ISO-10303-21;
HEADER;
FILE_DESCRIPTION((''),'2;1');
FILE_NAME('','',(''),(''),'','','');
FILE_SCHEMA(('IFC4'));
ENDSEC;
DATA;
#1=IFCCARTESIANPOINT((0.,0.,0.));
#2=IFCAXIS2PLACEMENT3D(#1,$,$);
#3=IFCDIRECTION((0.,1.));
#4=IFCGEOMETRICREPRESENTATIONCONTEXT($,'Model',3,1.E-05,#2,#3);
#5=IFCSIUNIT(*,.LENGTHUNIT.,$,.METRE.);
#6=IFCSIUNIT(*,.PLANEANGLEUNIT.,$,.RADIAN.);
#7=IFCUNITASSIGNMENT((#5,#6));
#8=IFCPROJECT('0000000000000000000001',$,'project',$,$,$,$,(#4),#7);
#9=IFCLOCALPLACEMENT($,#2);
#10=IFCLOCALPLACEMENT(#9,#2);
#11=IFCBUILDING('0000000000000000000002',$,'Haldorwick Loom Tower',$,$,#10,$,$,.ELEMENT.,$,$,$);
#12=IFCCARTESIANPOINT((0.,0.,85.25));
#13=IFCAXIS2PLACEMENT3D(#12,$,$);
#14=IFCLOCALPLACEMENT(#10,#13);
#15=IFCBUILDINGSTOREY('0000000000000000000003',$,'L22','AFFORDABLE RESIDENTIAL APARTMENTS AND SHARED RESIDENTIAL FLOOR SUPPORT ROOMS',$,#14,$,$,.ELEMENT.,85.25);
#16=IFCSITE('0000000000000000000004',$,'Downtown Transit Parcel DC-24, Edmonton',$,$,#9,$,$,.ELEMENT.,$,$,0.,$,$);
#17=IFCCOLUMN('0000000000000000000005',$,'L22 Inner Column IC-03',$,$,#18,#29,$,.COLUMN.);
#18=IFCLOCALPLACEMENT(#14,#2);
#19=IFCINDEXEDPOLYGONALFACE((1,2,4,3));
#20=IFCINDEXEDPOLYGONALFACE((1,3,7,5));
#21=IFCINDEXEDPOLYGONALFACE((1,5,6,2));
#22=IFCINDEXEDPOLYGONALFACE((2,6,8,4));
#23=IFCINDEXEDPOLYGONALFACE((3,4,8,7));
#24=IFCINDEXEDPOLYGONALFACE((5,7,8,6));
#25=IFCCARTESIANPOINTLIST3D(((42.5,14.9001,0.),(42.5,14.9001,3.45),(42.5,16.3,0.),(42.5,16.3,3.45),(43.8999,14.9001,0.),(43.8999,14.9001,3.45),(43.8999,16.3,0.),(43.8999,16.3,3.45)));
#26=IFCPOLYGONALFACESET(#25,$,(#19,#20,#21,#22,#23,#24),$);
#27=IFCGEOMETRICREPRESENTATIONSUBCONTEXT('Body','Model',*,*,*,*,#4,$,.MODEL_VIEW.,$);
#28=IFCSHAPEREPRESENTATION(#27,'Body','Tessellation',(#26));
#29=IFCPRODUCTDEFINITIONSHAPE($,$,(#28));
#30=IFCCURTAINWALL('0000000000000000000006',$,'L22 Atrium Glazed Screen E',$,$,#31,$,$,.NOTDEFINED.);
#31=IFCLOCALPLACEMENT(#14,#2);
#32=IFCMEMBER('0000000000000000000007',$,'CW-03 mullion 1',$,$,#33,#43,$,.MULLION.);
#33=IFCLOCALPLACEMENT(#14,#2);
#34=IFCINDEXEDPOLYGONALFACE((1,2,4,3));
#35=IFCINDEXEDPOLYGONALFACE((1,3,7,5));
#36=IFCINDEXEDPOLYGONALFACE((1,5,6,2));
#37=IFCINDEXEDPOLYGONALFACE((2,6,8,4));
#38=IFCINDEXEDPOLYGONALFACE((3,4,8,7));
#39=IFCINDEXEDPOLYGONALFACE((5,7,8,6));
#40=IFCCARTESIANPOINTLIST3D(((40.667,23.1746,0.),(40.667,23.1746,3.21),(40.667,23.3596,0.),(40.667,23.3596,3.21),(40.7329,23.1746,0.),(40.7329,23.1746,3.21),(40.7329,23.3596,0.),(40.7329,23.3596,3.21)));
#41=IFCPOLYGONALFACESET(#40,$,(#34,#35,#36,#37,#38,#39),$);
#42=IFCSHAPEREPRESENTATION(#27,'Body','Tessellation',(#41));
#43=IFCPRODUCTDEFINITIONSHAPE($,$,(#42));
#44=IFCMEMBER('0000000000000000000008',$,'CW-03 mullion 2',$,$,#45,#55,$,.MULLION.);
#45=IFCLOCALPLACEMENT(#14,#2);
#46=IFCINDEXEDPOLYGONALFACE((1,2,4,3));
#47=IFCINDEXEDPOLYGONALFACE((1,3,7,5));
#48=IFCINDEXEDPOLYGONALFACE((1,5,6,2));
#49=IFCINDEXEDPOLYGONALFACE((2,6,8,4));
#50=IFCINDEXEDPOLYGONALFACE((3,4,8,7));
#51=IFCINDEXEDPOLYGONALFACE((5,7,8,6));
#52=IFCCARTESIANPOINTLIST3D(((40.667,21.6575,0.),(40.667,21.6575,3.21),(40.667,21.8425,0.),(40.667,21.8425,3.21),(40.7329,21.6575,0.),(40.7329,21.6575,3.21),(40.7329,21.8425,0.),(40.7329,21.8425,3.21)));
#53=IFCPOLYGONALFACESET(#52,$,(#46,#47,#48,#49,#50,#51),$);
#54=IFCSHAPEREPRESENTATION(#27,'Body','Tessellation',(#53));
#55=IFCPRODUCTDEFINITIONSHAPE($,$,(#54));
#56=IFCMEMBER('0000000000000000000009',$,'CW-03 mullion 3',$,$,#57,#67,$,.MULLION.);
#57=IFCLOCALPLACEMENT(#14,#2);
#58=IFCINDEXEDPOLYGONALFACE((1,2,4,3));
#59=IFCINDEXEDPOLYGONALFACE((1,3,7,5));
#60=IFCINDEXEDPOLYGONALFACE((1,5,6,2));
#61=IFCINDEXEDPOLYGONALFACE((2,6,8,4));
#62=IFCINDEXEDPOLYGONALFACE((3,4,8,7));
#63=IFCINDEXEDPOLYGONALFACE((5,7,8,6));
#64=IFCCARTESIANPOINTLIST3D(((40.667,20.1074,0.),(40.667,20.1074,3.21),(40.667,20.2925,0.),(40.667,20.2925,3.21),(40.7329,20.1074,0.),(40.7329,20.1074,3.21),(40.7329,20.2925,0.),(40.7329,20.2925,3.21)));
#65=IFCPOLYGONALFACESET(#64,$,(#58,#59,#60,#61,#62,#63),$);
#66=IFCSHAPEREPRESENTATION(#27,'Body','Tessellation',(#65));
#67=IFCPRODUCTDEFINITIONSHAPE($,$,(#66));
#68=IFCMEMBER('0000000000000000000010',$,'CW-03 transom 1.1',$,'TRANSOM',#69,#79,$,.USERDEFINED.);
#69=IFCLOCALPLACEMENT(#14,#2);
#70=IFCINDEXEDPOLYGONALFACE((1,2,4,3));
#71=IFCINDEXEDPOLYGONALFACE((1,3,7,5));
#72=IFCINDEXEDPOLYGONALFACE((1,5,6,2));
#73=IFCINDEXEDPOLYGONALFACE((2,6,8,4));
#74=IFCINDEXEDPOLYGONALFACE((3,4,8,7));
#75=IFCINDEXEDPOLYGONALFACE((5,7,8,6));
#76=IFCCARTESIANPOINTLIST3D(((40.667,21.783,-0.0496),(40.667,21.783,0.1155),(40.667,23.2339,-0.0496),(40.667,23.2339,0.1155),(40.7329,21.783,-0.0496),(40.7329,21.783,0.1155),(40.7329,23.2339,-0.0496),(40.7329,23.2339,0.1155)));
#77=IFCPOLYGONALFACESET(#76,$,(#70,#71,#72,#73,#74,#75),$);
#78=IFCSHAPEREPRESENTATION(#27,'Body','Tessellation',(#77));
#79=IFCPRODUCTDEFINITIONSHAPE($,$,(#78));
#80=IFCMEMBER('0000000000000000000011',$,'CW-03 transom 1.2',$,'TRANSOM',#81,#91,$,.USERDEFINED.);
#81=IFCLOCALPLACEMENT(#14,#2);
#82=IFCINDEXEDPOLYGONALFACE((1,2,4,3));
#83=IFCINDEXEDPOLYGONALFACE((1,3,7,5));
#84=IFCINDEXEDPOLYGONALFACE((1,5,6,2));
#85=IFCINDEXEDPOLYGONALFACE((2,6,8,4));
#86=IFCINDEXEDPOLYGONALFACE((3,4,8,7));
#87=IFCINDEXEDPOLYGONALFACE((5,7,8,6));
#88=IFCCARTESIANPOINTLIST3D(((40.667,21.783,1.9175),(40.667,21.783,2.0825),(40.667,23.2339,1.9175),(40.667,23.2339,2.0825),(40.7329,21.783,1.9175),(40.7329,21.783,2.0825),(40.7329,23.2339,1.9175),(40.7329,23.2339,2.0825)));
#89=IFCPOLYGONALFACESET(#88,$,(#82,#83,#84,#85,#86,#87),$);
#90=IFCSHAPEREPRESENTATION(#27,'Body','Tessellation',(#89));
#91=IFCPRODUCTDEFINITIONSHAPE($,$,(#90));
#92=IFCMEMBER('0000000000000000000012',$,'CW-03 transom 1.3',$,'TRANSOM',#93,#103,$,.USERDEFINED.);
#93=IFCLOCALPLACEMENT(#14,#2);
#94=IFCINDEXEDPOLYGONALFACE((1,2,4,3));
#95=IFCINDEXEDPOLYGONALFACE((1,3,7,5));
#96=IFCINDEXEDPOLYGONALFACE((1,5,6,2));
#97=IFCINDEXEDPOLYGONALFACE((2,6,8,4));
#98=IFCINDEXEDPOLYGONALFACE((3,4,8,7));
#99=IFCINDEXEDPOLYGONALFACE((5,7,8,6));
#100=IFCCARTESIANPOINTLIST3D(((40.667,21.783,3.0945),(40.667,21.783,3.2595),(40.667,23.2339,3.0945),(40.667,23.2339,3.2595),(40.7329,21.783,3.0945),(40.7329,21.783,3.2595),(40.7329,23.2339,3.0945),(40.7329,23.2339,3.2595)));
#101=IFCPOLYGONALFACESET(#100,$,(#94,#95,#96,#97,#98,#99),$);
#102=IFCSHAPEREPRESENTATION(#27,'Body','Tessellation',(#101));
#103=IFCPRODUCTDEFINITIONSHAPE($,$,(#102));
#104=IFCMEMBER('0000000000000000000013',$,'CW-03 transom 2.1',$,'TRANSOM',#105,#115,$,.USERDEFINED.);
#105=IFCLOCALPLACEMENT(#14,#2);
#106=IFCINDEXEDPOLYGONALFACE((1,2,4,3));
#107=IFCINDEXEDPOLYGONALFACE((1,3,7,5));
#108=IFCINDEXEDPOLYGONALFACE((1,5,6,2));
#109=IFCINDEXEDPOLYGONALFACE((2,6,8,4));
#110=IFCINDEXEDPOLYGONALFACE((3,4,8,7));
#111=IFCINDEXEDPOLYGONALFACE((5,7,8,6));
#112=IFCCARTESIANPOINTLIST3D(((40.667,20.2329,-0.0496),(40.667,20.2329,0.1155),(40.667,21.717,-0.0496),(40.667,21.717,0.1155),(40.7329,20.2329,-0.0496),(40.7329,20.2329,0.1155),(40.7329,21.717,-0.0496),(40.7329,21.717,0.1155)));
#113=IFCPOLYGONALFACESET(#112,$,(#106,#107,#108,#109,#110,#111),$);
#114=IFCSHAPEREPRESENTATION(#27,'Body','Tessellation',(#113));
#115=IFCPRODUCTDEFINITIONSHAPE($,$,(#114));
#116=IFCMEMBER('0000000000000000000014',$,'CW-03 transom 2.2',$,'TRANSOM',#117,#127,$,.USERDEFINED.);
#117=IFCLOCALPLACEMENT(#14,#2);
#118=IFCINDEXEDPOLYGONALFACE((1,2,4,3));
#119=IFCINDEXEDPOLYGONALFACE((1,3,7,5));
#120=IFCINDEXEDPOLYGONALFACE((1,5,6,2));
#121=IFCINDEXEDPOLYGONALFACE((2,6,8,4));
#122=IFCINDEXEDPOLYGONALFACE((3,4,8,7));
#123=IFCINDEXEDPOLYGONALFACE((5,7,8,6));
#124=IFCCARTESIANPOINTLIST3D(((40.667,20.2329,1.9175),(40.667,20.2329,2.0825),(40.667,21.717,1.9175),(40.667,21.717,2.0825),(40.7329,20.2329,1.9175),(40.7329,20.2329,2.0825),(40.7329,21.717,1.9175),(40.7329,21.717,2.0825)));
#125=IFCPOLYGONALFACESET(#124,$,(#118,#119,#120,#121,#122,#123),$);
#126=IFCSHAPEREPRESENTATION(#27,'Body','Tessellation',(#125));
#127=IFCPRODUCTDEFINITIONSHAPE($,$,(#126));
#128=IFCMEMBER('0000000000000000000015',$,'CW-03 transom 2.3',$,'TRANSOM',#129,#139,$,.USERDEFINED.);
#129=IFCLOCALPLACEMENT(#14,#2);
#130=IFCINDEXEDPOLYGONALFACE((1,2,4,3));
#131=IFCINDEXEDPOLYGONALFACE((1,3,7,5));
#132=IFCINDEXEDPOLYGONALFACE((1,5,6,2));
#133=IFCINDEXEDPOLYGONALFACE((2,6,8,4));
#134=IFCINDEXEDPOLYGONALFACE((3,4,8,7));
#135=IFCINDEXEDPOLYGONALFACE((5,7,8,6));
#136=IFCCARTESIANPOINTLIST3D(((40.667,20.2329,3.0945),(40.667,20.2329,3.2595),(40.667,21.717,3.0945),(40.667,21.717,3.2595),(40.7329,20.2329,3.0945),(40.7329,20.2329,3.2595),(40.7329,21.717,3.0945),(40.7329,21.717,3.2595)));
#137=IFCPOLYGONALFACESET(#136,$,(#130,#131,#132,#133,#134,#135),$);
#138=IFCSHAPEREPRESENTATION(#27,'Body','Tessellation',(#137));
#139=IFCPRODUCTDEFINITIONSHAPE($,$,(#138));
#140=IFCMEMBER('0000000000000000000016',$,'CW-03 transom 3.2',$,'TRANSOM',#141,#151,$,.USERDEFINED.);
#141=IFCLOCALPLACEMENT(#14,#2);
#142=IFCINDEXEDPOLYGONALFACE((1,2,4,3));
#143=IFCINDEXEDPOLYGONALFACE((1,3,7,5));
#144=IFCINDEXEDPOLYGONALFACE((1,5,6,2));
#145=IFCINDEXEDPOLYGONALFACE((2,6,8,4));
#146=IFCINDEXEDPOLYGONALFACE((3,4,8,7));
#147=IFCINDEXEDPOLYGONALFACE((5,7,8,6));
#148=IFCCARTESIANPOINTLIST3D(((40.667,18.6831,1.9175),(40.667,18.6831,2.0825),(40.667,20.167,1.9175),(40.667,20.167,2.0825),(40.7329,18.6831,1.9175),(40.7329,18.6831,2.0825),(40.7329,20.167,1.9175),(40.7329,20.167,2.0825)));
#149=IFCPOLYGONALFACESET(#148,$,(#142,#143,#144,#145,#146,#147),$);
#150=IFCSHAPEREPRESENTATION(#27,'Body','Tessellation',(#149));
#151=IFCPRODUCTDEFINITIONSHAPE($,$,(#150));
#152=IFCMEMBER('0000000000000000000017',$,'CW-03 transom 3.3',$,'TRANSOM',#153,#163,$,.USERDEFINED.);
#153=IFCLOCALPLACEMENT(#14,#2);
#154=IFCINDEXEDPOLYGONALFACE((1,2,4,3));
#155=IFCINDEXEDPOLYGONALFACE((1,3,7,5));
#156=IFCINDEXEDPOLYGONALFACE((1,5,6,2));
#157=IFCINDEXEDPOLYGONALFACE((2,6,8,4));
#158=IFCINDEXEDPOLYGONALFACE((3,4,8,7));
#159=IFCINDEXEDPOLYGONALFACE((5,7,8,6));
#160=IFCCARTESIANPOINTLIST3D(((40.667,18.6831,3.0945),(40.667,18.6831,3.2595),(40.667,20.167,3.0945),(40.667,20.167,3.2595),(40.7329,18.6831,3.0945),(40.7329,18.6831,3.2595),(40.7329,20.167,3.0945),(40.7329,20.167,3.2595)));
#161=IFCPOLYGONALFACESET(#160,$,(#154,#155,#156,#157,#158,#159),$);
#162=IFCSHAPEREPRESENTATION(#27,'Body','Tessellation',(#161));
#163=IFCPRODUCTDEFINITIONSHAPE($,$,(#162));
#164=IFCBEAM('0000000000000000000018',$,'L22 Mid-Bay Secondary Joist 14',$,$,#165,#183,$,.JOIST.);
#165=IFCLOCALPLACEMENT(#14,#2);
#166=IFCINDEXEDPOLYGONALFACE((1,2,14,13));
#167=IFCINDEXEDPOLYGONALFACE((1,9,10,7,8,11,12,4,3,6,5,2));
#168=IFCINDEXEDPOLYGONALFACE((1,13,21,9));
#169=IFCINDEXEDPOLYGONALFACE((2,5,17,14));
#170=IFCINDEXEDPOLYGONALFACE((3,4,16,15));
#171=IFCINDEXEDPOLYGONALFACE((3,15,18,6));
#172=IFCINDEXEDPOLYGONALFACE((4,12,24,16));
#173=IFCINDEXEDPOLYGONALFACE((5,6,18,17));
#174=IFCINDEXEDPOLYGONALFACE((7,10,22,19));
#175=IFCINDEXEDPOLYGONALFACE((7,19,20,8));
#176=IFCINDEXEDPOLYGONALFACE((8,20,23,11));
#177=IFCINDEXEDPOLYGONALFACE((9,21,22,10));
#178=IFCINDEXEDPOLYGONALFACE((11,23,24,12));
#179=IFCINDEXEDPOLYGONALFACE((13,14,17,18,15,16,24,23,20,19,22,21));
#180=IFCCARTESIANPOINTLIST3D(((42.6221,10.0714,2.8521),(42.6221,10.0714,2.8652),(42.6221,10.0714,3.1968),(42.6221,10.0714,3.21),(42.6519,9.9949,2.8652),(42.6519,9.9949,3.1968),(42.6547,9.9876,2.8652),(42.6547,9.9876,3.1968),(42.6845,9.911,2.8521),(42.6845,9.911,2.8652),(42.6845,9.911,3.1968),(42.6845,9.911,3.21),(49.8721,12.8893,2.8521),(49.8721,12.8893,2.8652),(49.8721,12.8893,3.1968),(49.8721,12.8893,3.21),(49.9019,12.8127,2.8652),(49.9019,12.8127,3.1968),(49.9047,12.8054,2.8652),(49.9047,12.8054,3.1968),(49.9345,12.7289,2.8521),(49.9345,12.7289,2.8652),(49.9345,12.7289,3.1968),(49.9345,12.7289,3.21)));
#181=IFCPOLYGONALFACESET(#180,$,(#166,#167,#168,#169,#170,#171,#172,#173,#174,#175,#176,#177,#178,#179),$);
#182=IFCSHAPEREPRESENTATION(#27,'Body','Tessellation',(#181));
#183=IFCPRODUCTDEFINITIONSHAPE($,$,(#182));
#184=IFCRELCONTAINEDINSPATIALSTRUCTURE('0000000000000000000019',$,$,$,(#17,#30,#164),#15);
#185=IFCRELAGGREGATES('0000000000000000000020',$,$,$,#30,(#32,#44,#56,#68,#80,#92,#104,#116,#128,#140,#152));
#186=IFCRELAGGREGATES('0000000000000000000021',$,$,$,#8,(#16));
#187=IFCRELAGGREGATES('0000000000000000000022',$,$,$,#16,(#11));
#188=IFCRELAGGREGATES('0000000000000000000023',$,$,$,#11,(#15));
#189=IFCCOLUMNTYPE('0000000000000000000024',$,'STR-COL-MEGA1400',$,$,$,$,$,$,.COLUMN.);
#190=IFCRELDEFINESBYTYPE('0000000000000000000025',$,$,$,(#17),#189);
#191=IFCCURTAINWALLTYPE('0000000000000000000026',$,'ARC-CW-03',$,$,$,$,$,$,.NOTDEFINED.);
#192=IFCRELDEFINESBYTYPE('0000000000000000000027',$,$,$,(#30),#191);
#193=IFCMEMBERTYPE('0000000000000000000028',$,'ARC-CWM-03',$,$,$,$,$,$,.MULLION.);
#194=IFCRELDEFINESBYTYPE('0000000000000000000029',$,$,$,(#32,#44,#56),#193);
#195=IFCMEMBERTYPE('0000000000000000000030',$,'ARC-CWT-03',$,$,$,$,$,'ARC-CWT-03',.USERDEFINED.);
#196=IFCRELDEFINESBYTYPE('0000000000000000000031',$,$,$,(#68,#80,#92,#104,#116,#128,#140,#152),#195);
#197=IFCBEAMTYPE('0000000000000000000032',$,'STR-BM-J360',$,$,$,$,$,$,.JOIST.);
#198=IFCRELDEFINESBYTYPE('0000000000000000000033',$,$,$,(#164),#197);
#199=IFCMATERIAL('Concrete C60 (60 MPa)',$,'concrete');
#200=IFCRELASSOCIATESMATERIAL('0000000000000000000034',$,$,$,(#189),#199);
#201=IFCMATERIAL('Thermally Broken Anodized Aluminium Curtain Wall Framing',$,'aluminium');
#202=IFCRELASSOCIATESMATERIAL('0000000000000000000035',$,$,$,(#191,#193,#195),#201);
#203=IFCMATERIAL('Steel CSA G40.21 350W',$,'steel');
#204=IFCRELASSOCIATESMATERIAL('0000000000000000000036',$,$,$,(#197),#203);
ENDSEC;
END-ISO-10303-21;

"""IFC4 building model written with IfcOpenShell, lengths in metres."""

from ifc_helpers import new_model, si_unit, direction, frame, origin, origin_2d, place, context, subcontext, project, spatial, rectangle, i_section, extrude, material, material_profile, profile_set, type_object, element, aggregate, save


model = new_model("IFC4")

# Units and contexts
model_context = context("Model", 3, precision=1e-05, world=origin(), true_north=direction((0.0, 1.0)))
body_context = subcontext(model_context, "Body", "Model", "MODEL_VIEW")
ifc_project = project(units=[si_unit("LENGTHUNIT", "METRE"), si_unit("PLANEANGLEUNIT", "RADIAN")], contexts=[model_context])

# Site, building, storey
site_placement = place(None, origin())
site = spatial("IfcSite", under=ifc_project, at=site_placement, Name="Downtown Transit Parcel DC-24, Edmonton", CompositionType="ELEMENT", RefElevation=0.0)
building_placement = place(site_placement, origin())
building = spatial("IfcBuilding", under=site, at=building_placement, Name="Haldorwick Loom Tower", CompositionType="ELEMENT")
storey_placement = place(building_placement, frame((0.0, 0.0, 85.25)))
storey = spatial("IfcBuildingStorey", under=building, at=storey_placement, Name="L22", Description="AFFORDABLE RESIDENTIAL APARTMENTS AND SHARED RESIDENTIAL FLOOR SUPPORT ROOMS", CompositionType="ELEMENT", Elevation=85.25)

# Column
ifc_material_1 = material(Name="Concrete C60 (60 MPa)", Category="concrete")
ifc_material_profile_1 = material_profile(ifc_material_1, rectangle(XDim=1.3999, YDim=1.3999, at=origin_2d()), Name="RC1400X1400", Category="concrete")
ifc_profile_set_1 = profile_set([ifc_material_profile_1], Name="Concrete C60 (60 MPa)")
column_type = type_object("IfcColumnType", Name="STR-COL-MEGA1400", PredefinedType="COLUMN", material=ifc_profile_set_1)
column_placement = place(storey_placement, frame((43.2, 15.6001, 0.0), z_axis=(0.0, 0.0, 1.0), x_axis=(1.0, 0.0, 0.0)))
element("IfcColumn", 1, at=column_placement, inside=storey, type_object=column_type, Name="L22 Inner Column IC-03", PredefinedType="COLUMN", context=body_context, shape_type="SweptSolid", body=[
    extrude(rectangle(XDim=1.3999, YDim=1.3999, at=origin_2d()), origin(), (0.0, 0.0, 1.0), 3.45),
])

# Curtain wall, members
ifc_material_2 = material(Name="Thermally Broken Anodized Aluminium Curtain Wall Framing", Category="aluminium")
curtain_wall_type = type_object("IfcCurtainWallType", Name="ARC-CW-03", PredefinedType="NOTDEFINED", material=ifc_material_2)
curtain_wall_placement = place(storey_placement, origin())
curtain_wall = element("IfcCurtainWall", 2, at=curtain_wall_placement, inside=storey, type_object=curtain_wall_type, Name="L22 Atrium Glazed Screen E", PredefinedType="NOTDEFINED")
ifc_material_profile_2 = material_profile(ifc_material_2, rectangle(XDim=0.0659, YDim=0.1851, at=origin_2d()), Name="ALU_MUL_66X185", Category="aluminium")
ifc_profile_set_2 = profile_set([ifc_material_profile_2], Name="Thermally Broken Anodized Aluminium Curtain Wall Framing")
member_type_1 = type_object("IfcMemberType", Name="ARC-CWM-03", PredefinedType="MULLION", material=ifc_profile_set_2)
member_1_placement = place(storey_placement, frame((40.7, 23.2671, 0.0), z_axis=(0.0, 0.0, 1.0), x_axis=(1.0, 0.0, 0.0)))
member_1 = element("IfcMember", 3, at=member_1_placement, type_object=member_type_1, Name="CW-03 mullion 1", PredefinedType="MULLION", context=body_context, shape_type="SweptSolid", body=[
    extrude(rectangle(XDim=0.0659, YDim=0.1851, at=origin_2d()), origin(), (0.0, 0.0, 1.0), 3.21),
])
member_2_placement = place(storey_placement, frame((40.7, 21.75, 0.0), z_axis=(0.0, 0.0, 1.0), x_axis=(1.0, 0.0, 0.0)))
member_2 = element("IfcMember", 4, at=member_2_placement, type_object=member_type_1, Name="CW-03 mullion 2", PredefinedType="MULLION", context=body_context, shape_type="SweptSolid", body=[
    extrude(rectangle(XDim=0.0659, YDim=0.1851, at=origin_2d()), origin(), (0.0, 0.0, 1.0), 3.21),
])
member_3_placement = place(storey_placement, frame((40.7, 20.2, 0.0), z_axis=(0.0, 0.0, 1.0), x_axis=(1.0, 0.0, 0.0)))
member_3 = element("IfcMember", 5, at=member_3_placement, type_object=member_type_1, Name="CW-03 mullion 3", PredefinedType="MULLION", context=body_context, shape_type="SweptSolid", body=[
    extrude(rectangle(XDim=0.0659, YDim=0.1851, at=origin_2d()), origin(), (0.0, 0.0, 1.0), 3.21),
])
ifc_material_profile_3 = material_profile(ifc_material_2, rectangle(XDim=0.0659, YDim=0.165, at=origin_2d()), Name="ALU_TRN_66X165", Category="aluminium")
ifc_profile_set_3 = profile_set([ifc_material_profile_3], Name="Thermally Broken Anodized Aluminium Curtain Wall Framing")
member_type_2 = type_object("IfcMemberType", Name="ARC-CWT-03", ElementType="ARC-CWT-03", PredefinedType="USERDEFINED", material=ifc_profile_set_3)
member_4_placement = place(storey_placement, frame((40.7, 23.2339, 0.033), z_axis=(0.0, -1.0, 0.0), x_axis=(1.0, 0.0, 0.0)))
member_4 = element("IfcMember", 6, at=member_4_placement, type_object=member_type_2, Name="CW-03 transom 1.1", ObjectType="TRANSOM", PredefinedType="USERDEFINED", context=body_context, shape_type="SweptSolid", body=[
    extrude(rectangle(XDim=0.0659, YDim=0.165, at=origin_2d()), origin(), (0.0, 0.0, 1.0), 1.4509),
])
member_5_placement = place(storey_placement, frame((40.7, 23.2339, 2.0), z_axis=(0.0, -1.0, 0.0), x_axis=(1.0, 0.0, 0.0)))
member_5 = element("IfcMember", 7, at=member_5_placement, type_object=member_type_2, Name="CW-03 transom 1.2", ObjectType="TRANSOM", PredefinedType="USERDEFINED", context=body_context, shape_type="SweptSolid", body=[
    extrude(rectangle(XDim=0.0659, YDim=0.165, at=origin_2d()), origin(), (0.0, 0.0, 1.0), 1.4509),
])
member_6_placement = place(storey_placement, frame((40.7, 23.2339, 3.177), z_axis=(0.0, -1.0, 0.0), x_axis=(1.0, 0.0, 0.0)))
member_6 = element("IfcMember", 8, at=member_6_placement, type_object=member_type_2, Name="CW-03 transom 1.3", ObjectType="TRANSOM", PredefinedType="USERDEFINED", context=body_context, shape_type="SweptSolid", body=[
    extrude(rectangle(XDim=0.0659, YDim=0.165, at=origin_2d()), origin(), (0.0, 0.0, 1.0), 1.4509),
])
member_7_placement = place(storey_placement, frame((40.7, 21.717, 0.033), z_axis=(0.0, -1.0, 0.0), x_axis=(1.0, 0.0, 0.0)))
member_7 = element("IfcMember", 9, at=member_7_placement, type_object=member_type_2, Name="CW-03 transom 2.1", ObjectType="TRANSOM", PredefinedType="USERDEFINED", context=body_context, shape_type="SweptSolid", body=[
    extrude(rectangle(XDim=0.0659, YDim=0.165, at=origin_2d()), origin(), (0.0, 0.0, 1.0), 1.4841),
])
member_8_placement = place(storey_placement, frame((40.7, 21.717, 2.0), z_axis=(0.0, -1.0, 0.0), x_axis=(1.0, 0.0, 0.0)))
member_8 = element("IfcMember", 10, at=member_8_placement, type_object=member_type_2, Name="CW-03 transom 2.2", ObjectType="TRANSOM", PredefinedType="USERDEFINED", context=body_context, shape_type="SweptSolid", body=[
    extrude(rectangle(XDim=0.0659, YDim=0.165, at=origin_2d()), origin(), (0.0, 0.0, 1.0), 1.4841),
])
member_9_placement = place(storey_placement, frame((40.7, 21.717, 3.177), z_axis=(0.0, -1.0, 0.0), x_axis=(1.0, 0.0, 0.0)))
member_9 = element("IfcMember", 11, at=member_9_placement, type_object=member_type_2, Name="CW-03 transom 2.3", ObjectType="TRANSOM", PredefinedType="USERDEFINED", context=body_context, shape_type="SweptSolid", body=[
    extrude(rectangle(XDim=0.0659, YDim=0.165, at=origin_2d()), origin(), (0.0, 0.0, 1.0), 1.4841),
])
member_10_placement = place(storey_placement, frame((40.7, 20.167, 2.0), z_axis=(0.0, -1.0, 0.0), x_axis=(1.0, 0.0, 0.0)))
member_10 = element("IfcMember", 12, at=member_10_placement, type_object=member_type_2, Name="CW-03 transom 3.2", ObjectType="TRANSOM", PredefinedType="USERDEFINED", context=body_context, shape_type="SweptSolid", body=[
    extrude(rectangle(XDim=0.0659, YDim=0.165, at=origin_2d()), origin(), (0.0, 0.0, 1.0), 1.4839),
])
member_11_placement = place(storey_placement, frame((40.7, 20.167, 3.177), z_axis=(0.0, -1.0, 0.0), x_axis=(1.0, 0.0, 0.0)))
member_11 = element("IfcMember", 13, at=member_11_placement, type_object=member_type_2, Name="CW-03 transom 3.3", ObjectType="TRANSOM", PredefinedType="USERDEFINED", context=body_context, shape_type="SweptSolid", body=[
    extrude(rectangle(XDim=0.0659, YDim=0.165, at=origin_2d()), origin(), (0.0, 0.0, 1.0), 1.4839),
])

# Beam
ifc_material_3 = material(Name="Steel CSA G40.21 350W", Category="steel")
ifc_material_profile_4 = material_profile(ifc_material_3, i_section(OverallWidth=0.1721, OverallDepth=0.3579, WebThickness=0.0078, FlangeThickness=0.0132, at=origin_2d()), Name="W360X57", Category="steel")
ifc_profile_set_4 = profile_set([ifc_material_profile_4], Name="Steel CSA G40.21 350W")
beam_type_1 = type_object("IfcBeamType", Name="STR-BM-J360", PredefinedType="JOIST", material=ifc_profile_set_4)
beam_1_placement = place(storey_placement, frame((42.6533, 9.9912, 3.031), z_axis=(0.932073, 0.362271, 0.0), x_axis=(-0.362271, 0.932073, 0.0)))
element("IfcBeam", 14, at=beam_1_placement, inside=storey, type_object=beam_type_1, Name="L22 Mid-Bay Secondary Joist 14", PredefinedType="JOIST", context=body_context, shape_type="SweptSolid", body=[
    extrude(i_section(OverallWidth=0.1721, OverallDepth=0.3579, WebThickness=0.0078, FlangeThickness=0.0132, at=origin_2d()), origin(), (0.0, 0.0, 1.0), 7.7783),
])

aggregate(curtain_wall, [member_1, member_2, member_3, member_4, member_5, member_6, member_7, member_8, member_9, member_10, member_11])

save(model, "model.ifc")
